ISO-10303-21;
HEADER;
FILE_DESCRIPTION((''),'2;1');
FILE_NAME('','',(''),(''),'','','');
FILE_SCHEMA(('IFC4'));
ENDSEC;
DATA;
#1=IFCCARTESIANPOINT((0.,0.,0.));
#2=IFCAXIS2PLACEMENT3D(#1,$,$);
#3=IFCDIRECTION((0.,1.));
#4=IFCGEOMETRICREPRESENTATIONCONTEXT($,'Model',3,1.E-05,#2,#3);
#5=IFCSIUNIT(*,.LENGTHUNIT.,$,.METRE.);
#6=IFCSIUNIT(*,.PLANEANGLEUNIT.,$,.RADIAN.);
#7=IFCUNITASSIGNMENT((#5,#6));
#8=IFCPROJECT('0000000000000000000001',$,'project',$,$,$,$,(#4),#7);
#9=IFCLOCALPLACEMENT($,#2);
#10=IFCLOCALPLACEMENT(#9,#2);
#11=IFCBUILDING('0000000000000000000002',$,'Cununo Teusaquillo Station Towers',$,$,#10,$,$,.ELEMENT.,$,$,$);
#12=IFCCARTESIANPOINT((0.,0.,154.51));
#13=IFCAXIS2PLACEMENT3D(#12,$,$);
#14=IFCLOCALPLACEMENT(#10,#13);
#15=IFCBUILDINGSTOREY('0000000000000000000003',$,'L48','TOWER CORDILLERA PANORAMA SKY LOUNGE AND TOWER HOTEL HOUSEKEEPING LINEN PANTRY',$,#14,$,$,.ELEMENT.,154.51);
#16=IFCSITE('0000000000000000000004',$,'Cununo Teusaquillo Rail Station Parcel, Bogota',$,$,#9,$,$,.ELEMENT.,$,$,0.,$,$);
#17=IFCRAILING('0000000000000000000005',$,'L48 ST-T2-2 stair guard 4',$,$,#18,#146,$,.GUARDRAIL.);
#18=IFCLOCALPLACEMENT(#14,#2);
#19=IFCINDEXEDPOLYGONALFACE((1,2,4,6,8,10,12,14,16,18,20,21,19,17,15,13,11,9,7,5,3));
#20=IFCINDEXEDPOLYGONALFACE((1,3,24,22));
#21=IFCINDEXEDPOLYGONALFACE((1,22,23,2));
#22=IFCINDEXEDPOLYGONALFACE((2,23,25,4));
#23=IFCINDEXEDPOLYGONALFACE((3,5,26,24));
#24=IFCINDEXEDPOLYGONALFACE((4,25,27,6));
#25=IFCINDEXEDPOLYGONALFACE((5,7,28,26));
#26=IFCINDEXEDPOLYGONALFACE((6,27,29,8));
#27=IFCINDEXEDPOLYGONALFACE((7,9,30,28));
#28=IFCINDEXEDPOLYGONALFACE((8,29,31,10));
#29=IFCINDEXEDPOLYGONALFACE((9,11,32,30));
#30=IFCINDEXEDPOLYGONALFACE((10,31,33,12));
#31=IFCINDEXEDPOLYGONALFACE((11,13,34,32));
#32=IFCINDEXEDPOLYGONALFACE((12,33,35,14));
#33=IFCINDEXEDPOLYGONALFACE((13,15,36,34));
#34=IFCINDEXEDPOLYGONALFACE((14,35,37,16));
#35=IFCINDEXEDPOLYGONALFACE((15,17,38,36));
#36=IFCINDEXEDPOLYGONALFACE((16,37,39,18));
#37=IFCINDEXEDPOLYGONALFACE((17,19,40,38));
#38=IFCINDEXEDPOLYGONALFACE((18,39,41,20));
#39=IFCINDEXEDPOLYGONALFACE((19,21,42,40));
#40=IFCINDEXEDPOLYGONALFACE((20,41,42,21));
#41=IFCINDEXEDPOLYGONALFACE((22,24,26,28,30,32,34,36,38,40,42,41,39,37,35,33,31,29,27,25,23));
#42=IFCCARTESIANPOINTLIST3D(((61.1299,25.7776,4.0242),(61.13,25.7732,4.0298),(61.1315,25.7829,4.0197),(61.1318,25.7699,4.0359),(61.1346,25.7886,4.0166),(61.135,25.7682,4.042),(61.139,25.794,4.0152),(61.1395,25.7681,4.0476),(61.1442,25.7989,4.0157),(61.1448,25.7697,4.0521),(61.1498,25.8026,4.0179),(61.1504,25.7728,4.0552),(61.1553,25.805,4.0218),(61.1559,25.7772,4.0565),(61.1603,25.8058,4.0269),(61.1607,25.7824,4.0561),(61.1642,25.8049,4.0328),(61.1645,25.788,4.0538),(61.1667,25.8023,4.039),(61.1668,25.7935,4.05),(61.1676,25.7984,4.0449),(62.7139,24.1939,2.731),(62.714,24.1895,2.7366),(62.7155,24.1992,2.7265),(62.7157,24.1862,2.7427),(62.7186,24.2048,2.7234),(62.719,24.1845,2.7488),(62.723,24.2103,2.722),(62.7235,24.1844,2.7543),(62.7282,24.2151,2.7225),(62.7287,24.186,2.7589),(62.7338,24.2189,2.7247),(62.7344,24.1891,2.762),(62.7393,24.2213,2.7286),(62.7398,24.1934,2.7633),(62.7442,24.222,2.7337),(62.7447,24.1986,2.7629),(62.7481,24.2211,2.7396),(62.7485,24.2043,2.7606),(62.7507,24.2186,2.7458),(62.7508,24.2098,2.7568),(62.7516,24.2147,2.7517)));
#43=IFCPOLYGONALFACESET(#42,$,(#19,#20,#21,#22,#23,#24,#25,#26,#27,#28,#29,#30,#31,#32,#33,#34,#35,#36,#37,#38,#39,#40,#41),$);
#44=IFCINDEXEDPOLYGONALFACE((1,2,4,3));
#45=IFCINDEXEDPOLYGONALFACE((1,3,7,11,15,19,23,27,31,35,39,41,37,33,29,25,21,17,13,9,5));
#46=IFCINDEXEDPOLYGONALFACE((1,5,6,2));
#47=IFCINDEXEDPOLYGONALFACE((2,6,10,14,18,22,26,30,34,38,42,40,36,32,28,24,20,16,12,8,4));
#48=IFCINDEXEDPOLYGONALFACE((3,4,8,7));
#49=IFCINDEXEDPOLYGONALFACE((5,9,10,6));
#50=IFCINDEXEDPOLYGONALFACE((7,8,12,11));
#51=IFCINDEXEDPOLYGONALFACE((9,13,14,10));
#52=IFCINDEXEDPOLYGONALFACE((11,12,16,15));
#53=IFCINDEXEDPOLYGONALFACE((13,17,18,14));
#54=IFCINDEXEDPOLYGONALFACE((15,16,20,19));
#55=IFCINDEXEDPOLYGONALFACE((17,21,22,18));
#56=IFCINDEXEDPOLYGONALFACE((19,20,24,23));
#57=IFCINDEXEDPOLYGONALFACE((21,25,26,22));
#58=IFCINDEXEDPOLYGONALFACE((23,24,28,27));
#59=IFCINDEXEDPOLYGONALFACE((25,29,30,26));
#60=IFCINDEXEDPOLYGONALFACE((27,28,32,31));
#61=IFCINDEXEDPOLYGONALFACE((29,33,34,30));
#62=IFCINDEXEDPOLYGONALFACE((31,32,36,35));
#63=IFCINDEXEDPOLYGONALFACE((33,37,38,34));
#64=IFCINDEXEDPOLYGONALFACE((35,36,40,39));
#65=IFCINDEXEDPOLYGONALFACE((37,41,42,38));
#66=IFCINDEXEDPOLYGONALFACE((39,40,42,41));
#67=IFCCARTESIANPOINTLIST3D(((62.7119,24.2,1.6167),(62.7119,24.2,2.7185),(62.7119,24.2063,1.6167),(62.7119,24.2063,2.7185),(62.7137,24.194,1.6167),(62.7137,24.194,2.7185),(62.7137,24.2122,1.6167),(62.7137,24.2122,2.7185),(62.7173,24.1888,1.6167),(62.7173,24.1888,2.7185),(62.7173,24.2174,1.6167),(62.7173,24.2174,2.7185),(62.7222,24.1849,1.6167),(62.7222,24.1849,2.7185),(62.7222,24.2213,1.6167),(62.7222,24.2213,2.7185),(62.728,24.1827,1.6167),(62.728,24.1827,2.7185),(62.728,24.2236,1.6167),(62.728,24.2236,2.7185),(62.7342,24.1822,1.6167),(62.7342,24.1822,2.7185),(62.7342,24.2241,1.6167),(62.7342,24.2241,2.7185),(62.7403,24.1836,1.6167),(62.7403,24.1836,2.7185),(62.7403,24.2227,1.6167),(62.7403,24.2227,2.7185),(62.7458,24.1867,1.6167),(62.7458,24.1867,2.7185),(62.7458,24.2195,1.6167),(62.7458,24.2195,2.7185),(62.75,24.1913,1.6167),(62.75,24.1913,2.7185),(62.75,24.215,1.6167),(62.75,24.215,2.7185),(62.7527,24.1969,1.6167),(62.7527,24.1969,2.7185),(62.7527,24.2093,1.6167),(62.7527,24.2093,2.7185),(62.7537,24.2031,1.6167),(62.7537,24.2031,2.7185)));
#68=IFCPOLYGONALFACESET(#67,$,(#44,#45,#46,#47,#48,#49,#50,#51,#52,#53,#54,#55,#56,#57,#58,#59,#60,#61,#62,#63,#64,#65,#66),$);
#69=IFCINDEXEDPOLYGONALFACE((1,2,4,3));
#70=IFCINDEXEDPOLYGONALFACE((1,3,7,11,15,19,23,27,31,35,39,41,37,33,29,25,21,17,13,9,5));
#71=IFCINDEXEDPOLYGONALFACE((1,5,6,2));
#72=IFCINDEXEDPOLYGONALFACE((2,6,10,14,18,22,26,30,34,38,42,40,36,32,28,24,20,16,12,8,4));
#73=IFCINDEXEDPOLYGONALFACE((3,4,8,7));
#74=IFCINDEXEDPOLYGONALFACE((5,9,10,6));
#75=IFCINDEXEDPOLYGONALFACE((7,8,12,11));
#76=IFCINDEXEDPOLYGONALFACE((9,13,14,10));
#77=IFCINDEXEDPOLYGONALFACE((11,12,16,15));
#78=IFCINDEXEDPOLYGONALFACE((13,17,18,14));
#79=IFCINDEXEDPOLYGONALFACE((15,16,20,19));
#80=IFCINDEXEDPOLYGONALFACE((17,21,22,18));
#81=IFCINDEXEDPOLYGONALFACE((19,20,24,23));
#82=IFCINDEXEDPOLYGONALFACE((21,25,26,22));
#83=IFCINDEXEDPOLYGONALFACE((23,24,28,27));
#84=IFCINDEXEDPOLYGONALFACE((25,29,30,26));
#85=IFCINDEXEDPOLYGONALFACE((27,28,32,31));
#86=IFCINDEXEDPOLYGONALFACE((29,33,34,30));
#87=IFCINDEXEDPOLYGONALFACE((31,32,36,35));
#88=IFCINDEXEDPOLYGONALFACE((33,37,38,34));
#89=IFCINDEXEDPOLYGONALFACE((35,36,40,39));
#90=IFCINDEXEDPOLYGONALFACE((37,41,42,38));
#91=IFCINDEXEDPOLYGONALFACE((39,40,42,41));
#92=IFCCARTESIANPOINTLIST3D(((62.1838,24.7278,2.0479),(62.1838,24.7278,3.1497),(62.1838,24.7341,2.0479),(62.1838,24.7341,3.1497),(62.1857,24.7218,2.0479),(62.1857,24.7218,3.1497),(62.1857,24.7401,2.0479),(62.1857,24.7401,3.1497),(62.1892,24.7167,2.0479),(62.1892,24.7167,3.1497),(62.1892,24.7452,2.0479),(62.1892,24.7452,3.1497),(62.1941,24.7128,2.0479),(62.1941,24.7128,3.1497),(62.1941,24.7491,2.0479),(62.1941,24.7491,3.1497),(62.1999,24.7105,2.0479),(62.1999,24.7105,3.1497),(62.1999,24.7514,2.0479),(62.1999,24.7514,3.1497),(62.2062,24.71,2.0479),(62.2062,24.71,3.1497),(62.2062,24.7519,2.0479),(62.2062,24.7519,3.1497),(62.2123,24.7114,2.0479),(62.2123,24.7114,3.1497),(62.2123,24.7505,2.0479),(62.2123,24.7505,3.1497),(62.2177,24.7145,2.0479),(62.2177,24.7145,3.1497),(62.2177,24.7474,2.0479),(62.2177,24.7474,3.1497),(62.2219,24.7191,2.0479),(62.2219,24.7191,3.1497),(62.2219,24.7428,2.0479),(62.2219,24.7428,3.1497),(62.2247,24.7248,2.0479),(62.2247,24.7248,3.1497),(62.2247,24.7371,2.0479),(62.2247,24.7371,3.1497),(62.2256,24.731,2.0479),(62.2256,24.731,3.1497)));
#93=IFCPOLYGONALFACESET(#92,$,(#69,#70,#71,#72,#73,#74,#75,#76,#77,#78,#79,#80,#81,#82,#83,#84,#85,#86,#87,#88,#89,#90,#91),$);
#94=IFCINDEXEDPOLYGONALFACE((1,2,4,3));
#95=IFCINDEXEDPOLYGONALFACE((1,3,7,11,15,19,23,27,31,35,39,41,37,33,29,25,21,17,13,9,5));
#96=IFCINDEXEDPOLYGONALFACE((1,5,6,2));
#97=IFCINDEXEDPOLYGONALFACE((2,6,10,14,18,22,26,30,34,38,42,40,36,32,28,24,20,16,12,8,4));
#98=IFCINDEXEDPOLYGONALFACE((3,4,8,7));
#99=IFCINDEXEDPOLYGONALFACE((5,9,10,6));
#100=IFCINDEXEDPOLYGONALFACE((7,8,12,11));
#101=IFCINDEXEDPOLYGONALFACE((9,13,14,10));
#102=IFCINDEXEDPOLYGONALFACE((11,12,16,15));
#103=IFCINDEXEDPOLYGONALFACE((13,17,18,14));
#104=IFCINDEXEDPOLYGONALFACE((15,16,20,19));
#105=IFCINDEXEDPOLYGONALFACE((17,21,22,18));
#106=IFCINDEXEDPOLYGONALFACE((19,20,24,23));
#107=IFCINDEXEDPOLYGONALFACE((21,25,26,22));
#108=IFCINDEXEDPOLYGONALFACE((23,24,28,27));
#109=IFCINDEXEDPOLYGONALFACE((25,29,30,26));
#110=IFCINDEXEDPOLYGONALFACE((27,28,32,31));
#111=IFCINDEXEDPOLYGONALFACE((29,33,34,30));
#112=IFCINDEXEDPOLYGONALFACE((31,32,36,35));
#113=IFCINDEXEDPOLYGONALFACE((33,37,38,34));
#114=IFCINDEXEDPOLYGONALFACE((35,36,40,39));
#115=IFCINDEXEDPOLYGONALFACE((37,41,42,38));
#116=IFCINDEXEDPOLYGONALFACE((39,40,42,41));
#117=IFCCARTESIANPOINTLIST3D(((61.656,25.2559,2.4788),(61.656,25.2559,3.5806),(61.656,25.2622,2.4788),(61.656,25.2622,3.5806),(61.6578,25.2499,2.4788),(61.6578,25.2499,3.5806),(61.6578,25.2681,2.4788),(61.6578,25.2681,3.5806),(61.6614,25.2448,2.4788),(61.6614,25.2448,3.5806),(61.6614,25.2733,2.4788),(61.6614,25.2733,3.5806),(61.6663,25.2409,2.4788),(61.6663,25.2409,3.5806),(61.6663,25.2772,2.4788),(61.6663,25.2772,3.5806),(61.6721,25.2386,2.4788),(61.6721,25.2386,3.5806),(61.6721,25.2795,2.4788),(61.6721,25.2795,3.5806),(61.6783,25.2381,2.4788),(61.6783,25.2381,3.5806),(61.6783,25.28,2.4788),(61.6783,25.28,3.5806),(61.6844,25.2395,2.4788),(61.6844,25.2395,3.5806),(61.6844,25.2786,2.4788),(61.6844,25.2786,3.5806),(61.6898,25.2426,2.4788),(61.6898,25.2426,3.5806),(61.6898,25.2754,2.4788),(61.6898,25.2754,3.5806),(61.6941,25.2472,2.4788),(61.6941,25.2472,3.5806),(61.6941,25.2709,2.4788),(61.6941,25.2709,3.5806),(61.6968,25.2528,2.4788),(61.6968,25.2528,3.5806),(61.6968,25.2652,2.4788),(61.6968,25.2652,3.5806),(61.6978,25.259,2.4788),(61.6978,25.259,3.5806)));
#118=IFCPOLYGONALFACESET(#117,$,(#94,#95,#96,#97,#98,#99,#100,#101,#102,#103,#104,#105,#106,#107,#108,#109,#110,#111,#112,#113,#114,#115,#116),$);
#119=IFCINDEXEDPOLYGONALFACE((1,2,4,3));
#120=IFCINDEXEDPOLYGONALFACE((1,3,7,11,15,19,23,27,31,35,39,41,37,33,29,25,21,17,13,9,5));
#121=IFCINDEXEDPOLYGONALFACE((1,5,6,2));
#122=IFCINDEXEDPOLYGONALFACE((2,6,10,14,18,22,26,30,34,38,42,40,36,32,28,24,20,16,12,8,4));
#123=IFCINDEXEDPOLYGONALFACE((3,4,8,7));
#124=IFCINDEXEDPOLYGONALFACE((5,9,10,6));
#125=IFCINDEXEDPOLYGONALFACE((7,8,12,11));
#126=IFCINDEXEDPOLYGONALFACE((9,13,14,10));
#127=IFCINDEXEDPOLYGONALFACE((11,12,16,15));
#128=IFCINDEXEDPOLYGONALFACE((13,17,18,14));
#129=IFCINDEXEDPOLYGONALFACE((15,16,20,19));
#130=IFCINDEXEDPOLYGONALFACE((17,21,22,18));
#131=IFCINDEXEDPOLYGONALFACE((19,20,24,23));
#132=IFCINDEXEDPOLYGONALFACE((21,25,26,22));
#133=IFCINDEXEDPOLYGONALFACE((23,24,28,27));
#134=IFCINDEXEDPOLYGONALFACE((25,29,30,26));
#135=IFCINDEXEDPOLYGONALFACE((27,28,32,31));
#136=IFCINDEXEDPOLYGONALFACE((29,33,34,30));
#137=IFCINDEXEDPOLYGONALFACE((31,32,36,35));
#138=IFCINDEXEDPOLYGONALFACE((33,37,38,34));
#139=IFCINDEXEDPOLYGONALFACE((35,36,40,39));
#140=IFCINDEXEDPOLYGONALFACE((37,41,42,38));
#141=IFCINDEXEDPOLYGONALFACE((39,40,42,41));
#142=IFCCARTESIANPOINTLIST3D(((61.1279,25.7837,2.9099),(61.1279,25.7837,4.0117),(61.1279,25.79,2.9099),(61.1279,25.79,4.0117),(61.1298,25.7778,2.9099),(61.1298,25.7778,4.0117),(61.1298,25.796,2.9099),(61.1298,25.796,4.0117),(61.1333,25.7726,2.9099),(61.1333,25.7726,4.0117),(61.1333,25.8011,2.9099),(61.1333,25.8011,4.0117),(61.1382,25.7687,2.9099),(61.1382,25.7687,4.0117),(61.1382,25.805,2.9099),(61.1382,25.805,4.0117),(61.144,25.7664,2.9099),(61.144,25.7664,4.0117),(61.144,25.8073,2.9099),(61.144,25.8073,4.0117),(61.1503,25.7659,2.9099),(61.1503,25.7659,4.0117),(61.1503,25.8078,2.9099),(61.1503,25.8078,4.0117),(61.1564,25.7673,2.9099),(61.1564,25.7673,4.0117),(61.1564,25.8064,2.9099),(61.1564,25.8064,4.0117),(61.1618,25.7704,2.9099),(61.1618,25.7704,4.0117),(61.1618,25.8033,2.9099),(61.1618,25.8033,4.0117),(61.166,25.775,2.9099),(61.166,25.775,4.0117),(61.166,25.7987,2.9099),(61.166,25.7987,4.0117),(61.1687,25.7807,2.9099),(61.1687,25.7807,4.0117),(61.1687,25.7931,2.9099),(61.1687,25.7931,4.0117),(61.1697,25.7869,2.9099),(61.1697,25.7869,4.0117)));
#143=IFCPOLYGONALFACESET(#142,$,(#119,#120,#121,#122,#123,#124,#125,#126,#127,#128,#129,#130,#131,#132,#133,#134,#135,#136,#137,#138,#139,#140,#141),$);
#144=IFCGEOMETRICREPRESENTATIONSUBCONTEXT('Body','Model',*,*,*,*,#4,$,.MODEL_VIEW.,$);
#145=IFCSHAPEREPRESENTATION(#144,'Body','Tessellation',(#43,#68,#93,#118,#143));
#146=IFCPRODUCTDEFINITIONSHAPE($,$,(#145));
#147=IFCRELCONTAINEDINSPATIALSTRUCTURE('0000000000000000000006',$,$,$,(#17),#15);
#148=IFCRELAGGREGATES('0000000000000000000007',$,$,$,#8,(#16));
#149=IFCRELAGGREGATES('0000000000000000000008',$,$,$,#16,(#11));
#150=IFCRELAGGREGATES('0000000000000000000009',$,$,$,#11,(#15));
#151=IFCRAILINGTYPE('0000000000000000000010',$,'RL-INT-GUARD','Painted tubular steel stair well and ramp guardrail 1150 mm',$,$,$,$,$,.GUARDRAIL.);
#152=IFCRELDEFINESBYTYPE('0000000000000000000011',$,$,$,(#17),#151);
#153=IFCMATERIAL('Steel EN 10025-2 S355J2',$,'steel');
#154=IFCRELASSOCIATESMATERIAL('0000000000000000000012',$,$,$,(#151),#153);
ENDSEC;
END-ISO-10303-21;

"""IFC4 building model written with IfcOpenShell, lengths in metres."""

from ifc_helpers import new_model, si_unit, direction, frame, origin, origin_2d, place, context, subcontext, project, spatial, circle, extrude, material, type_object, element, save


model = new_model("IFC4")

# Units and contexts
model_context = context("Model", 3, precision=1e-05, world=origin(), true_north=direction((0.0, 1.0)))
body_context = subcontext(model_context, "Body", "Model", "MODEL_VIEW")
ifc_project = project(units=[si_unit("LENGTHUNIT", "METRE"), si_unit("PLANEANGLEUNIT", "RADIAN")], contexts=[model_context])

# Site, building, storey
site_placement = place(None, origin())
site = spatial("IfcSite", under=ifc_project, at=site_placement, Name="Cununo Teusaquillo Rail Station Parcel, Bogota", CompositionType="ELEMENT", RefElevation=0.0)
building_placement = place(site_placement, origin())
building = spatial("IfcBuilding", under=site, at=building_placement, Name="Cununo Teusaquillo Station Towers", CompositionType="ELEMENT")
storey_placement = place(building_placement, frame((0.0, 0.0, 154.51)))
storey = spatial("IfcBuildingStorey", under=building, at=storey_placement, Name="L48", Description="TOWER CORDILLERA PANORAMA SKY LOUNGE AND TOWER HOTEL HOUSEKEEPING LINEN PANTRY", CompositionType="ELEMENT", Elevation=154.51)

# Railing
ifc_material_1 = material(Name="Steel EN 10025-2 S355J2", Category="steel")
railing_type_1 = type_object("IfcRailingType", Name="RL-INT-GUARD", Description="Painted tubular steel stair well and ramp guardrail 1150 mm", PredefinedType="GUARDRAIL", material=ifc_material_1)
railing_1_placement = place(storey_placement, frame((62.7327, 24.2031, 1.6167)))
element("IfcRailing", 1, at=railing_1_placement, inside=storey, type_object=railing_type_1, Name="L48 ST-T2-2 stair guard 4", PredefinedType="GUARDRAIL", context=body_context, shape_type="SweptSolid", body=[
    extrude(circle(Radius=0.0239, at=origin_2d()), frame((0.0, 0.0, 1.126), z_axis=(-0.61242, 0.612326, 0.499998), x_axis=(-0.707052, -0.707161, 0.0)), (0.0, 0.0, 1.0), 2.5864),
    extrude(circle(Radius=0.021, at=origin_2d()), origin(), (0.0, 0.0, 1.0), 1.1018),
    extrude(circle(Radius=0.021, at=origin_2d()), frame((-0.5281, 0.5278, 0.4312)), (0.0, 0.0, 1.0), 1.1018),
    extrude(circle(Radius=0.021, at=origin_2d()), frame((-1.0559, 1.0559, 0.8621)), (0.0, 0.0, 1.0), 1.1018),
    extrude(circle(Radius=0.021, at=origin_2d()), frame((-1.584, 1.5837, 1.2932)), (0.0, 0.0, 1.0), 1.1018),
])

save(model, "model.ifc")
